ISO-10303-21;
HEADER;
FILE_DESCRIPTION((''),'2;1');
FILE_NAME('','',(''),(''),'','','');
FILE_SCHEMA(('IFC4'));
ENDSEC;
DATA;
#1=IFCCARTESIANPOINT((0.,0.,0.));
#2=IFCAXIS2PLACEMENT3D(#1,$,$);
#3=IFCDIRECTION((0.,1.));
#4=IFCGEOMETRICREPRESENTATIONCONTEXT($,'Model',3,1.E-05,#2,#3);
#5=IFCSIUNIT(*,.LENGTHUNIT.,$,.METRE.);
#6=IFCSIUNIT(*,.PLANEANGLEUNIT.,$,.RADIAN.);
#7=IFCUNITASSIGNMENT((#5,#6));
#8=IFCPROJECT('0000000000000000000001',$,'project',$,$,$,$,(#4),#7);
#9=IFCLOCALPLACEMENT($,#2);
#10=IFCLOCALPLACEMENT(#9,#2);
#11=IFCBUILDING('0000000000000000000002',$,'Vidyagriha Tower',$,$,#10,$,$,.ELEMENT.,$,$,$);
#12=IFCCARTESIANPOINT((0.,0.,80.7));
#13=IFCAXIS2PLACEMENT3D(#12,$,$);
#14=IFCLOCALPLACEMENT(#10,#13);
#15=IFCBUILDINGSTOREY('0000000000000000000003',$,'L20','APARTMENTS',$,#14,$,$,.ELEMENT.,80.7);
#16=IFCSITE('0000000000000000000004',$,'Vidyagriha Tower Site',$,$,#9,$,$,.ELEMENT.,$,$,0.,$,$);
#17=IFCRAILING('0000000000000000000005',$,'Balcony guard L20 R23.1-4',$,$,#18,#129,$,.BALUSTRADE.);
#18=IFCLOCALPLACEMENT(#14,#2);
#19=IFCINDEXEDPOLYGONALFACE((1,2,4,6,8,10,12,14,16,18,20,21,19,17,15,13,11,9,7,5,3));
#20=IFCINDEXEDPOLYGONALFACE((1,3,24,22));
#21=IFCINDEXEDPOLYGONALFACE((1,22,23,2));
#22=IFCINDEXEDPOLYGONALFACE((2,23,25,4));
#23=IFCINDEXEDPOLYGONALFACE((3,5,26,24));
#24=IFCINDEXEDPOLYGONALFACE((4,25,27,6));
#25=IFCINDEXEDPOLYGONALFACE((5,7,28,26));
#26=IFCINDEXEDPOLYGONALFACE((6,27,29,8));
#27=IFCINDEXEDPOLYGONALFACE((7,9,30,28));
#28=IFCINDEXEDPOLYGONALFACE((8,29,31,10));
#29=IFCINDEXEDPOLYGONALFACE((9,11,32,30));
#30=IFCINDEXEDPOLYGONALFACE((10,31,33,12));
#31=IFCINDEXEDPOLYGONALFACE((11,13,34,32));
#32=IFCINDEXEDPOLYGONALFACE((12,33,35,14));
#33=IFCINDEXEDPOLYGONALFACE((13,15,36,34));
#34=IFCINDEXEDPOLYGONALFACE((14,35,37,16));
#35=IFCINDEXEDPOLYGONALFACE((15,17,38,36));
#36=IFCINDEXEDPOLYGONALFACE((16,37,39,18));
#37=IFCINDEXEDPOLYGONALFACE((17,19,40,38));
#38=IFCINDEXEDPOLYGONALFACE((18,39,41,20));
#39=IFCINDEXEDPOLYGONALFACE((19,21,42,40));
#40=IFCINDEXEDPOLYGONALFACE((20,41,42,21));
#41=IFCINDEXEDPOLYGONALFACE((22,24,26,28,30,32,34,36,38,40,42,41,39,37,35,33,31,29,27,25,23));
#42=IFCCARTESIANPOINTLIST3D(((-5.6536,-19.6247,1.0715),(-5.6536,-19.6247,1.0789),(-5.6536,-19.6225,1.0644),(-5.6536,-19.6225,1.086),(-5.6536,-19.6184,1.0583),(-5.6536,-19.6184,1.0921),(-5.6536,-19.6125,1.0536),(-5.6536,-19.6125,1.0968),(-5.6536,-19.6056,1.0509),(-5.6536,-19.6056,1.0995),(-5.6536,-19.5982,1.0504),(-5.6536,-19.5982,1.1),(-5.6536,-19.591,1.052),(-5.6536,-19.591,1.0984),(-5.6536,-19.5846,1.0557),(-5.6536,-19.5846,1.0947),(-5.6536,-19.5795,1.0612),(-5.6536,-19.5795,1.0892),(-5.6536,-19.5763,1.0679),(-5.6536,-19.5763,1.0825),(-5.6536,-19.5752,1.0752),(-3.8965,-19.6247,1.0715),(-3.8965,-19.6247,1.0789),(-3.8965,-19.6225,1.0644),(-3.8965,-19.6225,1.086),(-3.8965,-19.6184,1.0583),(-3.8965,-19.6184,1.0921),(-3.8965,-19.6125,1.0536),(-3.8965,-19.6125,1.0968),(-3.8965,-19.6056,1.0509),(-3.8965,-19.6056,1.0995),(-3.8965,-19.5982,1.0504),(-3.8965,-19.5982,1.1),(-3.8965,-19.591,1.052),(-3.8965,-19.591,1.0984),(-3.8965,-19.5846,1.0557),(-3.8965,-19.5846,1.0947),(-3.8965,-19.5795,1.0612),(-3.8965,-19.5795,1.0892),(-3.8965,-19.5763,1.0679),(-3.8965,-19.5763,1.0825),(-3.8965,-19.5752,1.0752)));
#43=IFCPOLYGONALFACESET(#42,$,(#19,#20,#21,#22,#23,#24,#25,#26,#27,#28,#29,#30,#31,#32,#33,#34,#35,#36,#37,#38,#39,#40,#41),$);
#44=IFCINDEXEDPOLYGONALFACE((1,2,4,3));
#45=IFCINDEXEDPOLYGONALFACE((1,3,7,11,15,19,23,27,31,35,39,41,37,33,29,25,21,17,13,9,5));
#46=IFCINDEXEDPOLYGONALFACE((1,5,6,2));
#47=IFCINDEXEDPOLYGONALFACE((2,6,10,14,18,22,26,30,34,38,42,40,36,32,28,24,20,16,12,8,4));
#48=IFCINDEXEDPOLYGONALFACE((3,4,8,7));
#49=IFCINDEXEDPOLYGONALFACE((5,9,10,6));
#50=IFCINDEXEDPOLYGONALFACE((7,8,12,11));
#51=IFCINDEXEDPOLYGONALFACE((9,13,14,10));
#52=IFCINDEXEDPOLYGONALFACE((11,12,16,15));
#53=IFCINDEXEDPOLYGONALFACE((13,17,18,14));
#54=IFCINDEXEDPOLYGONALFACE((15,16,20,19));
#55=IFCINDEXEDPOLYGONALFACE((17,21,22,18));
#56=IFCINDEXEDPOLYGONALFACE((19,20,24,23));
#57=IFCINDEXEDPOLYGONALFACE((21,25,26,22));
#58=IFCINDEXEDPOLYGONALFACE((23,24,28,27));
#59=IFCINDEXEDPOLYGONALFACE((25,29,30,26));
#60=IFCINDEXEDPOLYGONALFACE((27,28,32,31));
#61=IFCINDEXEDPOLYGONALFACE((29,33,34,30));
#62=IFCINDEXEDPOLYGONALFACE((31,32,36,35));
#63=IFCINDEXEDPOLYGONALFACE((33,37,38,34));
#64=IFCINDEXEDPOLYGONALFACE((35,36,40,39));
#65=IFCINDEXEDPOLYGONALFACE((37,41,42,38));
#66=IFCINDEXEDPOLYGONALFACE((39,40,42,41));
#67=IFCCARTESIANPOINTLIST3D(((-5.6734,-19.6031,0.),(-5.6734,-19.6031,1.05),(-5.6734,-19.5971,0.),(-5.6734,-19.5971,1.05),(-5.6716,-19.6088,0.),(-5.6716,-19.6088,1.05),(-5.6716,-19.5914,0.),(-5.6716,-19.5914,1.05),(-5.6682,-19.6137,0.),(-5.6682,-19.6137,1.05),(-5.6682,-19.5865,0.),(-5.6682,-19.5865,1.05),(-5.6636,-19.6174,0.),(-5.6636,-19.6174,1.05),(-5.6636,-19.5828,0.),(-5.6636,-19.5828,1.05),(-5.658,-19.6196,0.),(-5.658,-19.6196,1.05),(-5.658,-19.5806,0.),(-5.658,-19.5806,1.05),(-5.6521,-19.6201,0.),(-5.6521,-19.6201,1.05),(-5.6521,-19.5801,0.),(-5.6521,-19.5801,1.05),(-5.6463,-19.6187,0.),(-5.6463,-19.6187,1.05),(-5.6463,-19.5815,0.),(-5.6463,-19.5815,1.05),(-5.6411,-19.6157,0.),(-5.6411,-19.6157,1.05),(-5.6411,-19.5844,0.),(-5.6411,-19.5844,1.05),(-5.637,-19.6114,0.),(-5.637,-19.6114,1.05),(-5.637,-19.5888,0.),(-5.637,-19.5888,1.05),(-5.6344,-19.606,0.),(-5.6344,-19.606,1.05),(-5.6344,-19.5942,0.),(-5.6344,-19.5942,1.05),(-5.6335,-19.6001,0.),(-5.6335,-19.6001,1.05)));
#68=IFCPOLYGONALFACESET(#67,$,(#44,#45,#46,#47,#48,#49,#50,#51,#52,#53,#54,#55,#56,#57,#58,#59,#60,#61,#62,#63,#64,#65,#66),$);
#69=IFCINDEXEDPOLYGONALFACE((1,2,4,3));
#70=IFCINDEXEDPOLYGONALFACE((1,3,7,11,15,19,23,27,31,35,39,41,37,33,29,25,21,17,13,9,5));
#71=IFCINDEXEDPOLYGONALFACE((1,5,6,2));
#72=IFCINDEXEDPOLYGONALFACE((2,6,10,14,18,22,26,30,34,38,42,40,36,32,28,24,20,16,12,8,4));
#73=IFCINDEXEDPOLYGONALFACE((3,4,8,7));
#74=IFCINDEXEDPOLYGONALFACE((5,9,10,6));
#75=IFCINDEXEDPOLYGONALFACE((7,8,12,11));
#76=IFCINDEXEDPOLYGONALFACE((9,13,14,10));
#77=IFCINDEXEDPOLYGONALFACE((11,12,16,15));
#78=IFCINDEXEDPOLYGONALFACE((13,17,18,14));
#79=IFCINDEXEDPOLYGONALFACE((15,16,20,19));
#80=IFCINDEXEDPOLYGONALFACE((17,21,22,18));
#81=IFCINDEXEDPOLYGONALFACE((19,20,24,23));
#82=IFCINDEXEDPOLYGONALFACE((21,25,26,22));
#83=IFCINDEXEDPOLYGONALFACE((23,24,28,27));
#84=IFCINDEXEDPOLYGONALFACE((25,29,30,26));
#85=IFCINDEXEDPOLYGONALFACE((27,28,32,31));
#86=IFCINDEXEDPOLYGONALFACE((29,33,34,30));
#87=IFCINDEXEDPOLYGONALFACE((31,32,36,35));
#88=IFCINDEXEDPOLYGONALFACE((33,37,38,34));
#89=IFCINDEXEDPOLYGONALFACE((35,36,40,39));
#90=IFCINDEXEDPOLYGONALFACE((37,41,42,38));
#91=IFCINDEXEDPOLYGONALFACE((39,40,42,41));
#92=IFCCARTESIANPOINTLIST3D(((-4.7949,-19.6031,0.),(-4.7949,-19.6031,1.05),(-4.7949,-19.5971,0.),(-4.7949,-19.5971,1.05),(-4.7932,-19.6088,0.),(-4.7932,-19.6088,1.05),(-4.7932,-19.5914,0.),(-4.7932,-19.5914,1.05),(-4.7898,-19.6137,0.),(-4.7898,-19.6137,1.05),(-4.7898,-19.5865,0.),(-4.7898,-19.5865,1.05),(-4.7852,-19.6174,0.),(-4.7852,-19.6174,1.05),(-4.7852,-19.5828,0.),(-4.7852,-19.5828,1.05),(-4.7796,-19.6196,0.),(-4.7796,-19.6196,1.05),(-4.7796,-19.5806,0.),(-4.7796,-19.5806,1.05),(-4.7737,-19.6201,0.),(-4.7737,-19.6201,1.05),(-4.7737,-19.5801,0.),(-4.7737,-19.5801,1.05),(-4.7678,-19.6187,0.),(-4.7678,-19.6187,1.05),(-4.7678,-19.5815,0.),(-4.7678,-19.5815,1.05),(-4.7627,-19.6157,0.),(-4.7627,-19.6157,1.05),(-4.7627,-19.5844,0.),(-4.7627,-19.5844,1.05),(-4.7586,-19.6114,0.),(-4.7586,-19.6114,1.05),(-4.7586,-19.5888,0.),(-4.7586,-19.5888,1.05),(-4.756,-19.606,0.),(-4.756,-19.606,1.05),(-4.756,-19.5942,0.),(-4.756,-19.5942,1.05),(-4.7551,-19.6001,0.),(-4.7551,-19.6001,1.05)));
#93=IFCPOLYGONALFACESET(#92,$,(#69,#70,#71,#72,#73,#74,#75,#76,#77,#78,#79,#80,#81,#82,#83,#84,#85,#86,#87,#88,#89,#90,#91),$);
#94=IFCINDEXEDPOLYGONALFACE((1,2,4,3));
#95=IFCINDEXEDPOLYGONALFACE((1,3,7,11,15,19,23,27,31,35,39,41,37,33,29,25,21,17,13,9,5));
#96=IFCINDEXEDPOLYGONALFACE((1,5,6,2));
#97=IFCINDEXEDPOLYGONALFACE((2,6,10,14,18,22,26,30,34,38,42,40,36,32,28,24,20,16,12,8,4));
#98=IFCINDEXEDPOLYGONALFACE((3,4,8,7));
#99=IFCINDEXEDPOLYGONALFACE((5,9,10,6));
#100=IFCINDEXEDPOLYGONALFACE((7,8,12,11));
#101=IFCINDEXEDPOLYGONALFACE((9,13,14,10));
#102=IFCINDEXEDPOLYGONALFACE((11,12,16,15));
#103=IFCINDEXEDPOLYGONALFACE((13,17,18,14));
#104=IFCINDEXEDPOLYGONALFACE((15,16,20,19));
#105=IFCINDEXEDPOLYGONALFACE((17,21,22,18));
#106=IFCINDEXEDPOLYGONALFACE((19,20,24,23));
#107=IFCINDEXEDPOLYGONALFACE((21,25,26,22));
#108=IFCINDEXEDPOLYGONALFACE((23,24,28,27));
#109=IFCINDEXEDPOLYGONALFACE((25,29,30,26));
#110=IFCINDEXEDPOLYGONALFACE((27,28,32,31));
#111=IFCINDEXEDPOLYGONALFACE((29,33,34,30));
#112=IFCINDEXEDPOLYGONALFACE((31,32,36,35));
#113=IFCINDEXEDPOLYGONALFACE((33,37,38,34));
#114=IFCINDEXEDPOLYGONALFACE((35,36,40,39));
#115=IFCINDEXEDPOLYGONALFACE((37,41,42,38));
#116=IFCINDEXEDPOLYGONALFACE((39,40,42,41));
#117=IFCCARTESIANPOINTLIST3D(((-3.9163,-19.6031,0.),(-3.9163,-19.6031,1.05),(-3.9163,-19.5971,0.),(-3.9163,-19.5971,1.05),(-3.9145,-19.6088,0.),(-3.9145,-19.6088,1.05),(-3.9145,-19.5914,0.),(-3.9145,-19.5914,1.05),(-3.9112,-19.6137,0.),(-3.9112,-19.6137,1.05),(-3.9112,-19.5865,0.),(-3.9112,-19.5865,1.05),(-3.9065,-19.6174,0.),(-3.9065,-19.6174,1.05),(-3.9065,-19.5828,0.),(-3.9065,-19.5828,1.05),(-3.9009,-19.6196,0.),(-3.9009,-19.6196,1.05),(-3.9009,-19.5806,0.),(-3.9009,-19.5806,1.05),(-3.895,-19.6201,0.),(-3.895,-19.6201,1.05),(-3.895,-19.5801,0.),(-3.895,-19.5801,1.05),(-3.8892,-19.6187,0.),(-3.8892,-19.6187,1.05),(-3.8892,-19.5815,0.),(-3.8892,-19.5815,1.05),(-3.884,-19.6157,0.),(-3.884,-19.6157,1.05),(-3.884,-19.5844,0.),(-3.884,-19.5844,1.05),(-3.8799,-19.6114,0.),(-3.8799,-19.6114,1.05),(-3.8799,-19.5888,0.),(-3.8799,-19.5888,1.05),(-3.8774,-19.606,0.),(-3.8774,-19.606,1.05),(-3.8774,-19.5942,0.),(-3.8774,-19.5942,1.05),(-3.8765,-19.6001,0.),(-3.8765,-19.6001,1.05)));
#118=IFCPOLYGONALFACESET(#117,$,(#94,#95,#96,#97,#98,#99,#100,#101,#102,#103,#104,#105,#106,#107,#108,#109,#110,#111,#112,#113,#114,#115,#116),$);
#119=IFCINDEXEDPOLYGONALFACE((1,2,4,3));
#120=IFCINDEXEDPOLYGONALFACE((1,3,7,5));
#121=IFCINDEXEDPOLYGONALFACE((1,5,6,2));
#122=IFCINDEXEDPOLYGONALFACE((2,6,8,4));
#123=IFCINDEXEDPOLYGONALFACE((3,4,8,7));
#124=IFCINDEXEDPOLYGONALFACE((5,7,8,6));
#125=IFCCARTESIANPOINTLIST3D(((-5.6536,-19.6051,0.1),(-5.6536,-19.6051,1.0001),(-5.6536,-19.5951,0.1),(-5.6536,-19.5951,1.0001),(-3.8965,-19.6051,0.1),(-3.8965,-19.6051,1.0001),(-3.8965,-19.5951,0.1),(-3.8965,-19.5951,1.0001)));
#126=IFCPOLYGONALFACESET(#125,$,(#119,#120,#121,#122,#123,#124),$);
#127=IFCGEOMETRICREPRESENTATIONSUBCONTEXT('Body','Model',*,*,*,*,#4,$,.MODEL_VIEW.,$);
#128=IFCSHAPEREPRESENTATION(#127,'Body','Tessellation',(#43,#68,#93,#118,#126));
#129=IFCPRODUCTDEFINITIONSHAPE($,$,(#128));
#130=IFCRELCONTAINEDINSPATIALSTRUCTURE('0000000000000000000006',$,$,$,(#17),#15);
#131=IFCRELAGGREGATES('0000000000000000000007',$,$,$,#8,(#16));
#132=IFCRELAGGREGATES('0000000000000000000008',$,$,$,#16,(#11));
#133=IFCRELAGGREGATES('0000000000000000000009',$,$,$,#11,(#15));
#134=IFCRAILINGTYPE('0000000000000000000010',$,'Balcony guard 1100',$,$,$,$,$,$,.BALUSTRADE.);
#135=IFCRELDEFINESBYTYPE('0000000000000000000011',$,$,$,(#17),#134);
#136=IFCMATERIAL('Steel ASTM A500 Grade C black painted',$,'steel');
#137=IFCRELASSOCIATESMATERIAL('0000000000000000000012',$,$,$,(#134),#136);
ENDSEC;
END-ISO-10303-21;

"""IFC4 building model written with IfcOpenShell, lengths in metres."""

from ifc_helpers import new_model, si_unit, direction, frame, origin, origin_2d, place, context, subcontext, project, spatial, rectangle, circle, extrude, material, type_object, element, save


model = new_model("IFC4")

# Units and contexts
model_context = context("Model", 3, precision=1e-05, world=origin(), true_north=direction((0.0, 1.0)))
body_context = subcontext(model_context, "Body", "Model", "MODEL_VIEW")
ifc_project = project(units=[si_unit("LENGTHUNIT", "METRE"), si_unit("PLANEANGLEUNIT", "RADIAN")], contexts=[model_context])

# Site, building, storey
site_placement = place(None, origin())
site = spatial("IfcSite", under=ifc_project, at=site_placement, Name="Vidyagriha Tower Site", CompositionType="ELEMENT", RefElevation=0.0)
building_placement = place(site_placement, origin())
building = spatial("IfcBuilding", under=site, at=building_placement, Name="Vidyagriha Tower", CompositionType="ELEMENT")
storey_placement = place(building_placement, frame((0.0, 0.0, 80.7)))
storey = spatial("IfcBuildingStorey", under=building, at=storey_placement, Name="L20", Description="APARTMENTS", CompositionType="ELEMENT", Elevation=80.7)

# Railing
ifc_material_1 = material(Name="Steel ASTM A500 Grade C black painted", Category="steel")
railing_type = type_object("IfcRailingType", Name="Balcony guard 1100", PredefinedType="BALUSTRADE", material=ifc_material_1)
railing_1_placement = place(storey_placement, frame((-5.6536, -19.6001, 0.0)))
element("IfcRailing", 1, at=railing_1_placement, inside=storey, type_object=railing_type, Name="Balcony guard L20 R23.1-4", PredefinedType="BALUSTRADE", context=body_context, shape_type="SweptSolid", body=[
    extrude(circle(Radius=0.0249, at=origin_2d()), frame((0.0, 0.0, 1.0752), z_axis=(1.0, 0.0, 0.0), x_axis=(0.0, 1.0, 0.0)), (0.0, 0.0, 1.0), 1.7571),
    extrude(circle(Radius=0.02, at=origin_2d()), origin(), (0.0, 0.0, 1.0), 1.05),
    extrude(circle(Radius=0.02, at=origin_2d()), frame((0.8784, 0.0, 0.0)), (0.0, 0.0, 1.0), 1.05),
    extrude(circle(Radius=0.02, at=origin_2d()), frame((1.7571, 0.0, 0.0)), (0.0, 0.0, 1.0), 1.05),
    extrude(rectangle(XDim=0.01, YDim=0.9001, at=origin_2d()), frame((0.0, 0.0, 0.55), z_axis=(1.0, 0.0, 0.0), x_axis=(0.0, 1.0, 0.0)), (0.0, 0.0, 1.0), 1.7571),
])

save(model, "model.ifc")
